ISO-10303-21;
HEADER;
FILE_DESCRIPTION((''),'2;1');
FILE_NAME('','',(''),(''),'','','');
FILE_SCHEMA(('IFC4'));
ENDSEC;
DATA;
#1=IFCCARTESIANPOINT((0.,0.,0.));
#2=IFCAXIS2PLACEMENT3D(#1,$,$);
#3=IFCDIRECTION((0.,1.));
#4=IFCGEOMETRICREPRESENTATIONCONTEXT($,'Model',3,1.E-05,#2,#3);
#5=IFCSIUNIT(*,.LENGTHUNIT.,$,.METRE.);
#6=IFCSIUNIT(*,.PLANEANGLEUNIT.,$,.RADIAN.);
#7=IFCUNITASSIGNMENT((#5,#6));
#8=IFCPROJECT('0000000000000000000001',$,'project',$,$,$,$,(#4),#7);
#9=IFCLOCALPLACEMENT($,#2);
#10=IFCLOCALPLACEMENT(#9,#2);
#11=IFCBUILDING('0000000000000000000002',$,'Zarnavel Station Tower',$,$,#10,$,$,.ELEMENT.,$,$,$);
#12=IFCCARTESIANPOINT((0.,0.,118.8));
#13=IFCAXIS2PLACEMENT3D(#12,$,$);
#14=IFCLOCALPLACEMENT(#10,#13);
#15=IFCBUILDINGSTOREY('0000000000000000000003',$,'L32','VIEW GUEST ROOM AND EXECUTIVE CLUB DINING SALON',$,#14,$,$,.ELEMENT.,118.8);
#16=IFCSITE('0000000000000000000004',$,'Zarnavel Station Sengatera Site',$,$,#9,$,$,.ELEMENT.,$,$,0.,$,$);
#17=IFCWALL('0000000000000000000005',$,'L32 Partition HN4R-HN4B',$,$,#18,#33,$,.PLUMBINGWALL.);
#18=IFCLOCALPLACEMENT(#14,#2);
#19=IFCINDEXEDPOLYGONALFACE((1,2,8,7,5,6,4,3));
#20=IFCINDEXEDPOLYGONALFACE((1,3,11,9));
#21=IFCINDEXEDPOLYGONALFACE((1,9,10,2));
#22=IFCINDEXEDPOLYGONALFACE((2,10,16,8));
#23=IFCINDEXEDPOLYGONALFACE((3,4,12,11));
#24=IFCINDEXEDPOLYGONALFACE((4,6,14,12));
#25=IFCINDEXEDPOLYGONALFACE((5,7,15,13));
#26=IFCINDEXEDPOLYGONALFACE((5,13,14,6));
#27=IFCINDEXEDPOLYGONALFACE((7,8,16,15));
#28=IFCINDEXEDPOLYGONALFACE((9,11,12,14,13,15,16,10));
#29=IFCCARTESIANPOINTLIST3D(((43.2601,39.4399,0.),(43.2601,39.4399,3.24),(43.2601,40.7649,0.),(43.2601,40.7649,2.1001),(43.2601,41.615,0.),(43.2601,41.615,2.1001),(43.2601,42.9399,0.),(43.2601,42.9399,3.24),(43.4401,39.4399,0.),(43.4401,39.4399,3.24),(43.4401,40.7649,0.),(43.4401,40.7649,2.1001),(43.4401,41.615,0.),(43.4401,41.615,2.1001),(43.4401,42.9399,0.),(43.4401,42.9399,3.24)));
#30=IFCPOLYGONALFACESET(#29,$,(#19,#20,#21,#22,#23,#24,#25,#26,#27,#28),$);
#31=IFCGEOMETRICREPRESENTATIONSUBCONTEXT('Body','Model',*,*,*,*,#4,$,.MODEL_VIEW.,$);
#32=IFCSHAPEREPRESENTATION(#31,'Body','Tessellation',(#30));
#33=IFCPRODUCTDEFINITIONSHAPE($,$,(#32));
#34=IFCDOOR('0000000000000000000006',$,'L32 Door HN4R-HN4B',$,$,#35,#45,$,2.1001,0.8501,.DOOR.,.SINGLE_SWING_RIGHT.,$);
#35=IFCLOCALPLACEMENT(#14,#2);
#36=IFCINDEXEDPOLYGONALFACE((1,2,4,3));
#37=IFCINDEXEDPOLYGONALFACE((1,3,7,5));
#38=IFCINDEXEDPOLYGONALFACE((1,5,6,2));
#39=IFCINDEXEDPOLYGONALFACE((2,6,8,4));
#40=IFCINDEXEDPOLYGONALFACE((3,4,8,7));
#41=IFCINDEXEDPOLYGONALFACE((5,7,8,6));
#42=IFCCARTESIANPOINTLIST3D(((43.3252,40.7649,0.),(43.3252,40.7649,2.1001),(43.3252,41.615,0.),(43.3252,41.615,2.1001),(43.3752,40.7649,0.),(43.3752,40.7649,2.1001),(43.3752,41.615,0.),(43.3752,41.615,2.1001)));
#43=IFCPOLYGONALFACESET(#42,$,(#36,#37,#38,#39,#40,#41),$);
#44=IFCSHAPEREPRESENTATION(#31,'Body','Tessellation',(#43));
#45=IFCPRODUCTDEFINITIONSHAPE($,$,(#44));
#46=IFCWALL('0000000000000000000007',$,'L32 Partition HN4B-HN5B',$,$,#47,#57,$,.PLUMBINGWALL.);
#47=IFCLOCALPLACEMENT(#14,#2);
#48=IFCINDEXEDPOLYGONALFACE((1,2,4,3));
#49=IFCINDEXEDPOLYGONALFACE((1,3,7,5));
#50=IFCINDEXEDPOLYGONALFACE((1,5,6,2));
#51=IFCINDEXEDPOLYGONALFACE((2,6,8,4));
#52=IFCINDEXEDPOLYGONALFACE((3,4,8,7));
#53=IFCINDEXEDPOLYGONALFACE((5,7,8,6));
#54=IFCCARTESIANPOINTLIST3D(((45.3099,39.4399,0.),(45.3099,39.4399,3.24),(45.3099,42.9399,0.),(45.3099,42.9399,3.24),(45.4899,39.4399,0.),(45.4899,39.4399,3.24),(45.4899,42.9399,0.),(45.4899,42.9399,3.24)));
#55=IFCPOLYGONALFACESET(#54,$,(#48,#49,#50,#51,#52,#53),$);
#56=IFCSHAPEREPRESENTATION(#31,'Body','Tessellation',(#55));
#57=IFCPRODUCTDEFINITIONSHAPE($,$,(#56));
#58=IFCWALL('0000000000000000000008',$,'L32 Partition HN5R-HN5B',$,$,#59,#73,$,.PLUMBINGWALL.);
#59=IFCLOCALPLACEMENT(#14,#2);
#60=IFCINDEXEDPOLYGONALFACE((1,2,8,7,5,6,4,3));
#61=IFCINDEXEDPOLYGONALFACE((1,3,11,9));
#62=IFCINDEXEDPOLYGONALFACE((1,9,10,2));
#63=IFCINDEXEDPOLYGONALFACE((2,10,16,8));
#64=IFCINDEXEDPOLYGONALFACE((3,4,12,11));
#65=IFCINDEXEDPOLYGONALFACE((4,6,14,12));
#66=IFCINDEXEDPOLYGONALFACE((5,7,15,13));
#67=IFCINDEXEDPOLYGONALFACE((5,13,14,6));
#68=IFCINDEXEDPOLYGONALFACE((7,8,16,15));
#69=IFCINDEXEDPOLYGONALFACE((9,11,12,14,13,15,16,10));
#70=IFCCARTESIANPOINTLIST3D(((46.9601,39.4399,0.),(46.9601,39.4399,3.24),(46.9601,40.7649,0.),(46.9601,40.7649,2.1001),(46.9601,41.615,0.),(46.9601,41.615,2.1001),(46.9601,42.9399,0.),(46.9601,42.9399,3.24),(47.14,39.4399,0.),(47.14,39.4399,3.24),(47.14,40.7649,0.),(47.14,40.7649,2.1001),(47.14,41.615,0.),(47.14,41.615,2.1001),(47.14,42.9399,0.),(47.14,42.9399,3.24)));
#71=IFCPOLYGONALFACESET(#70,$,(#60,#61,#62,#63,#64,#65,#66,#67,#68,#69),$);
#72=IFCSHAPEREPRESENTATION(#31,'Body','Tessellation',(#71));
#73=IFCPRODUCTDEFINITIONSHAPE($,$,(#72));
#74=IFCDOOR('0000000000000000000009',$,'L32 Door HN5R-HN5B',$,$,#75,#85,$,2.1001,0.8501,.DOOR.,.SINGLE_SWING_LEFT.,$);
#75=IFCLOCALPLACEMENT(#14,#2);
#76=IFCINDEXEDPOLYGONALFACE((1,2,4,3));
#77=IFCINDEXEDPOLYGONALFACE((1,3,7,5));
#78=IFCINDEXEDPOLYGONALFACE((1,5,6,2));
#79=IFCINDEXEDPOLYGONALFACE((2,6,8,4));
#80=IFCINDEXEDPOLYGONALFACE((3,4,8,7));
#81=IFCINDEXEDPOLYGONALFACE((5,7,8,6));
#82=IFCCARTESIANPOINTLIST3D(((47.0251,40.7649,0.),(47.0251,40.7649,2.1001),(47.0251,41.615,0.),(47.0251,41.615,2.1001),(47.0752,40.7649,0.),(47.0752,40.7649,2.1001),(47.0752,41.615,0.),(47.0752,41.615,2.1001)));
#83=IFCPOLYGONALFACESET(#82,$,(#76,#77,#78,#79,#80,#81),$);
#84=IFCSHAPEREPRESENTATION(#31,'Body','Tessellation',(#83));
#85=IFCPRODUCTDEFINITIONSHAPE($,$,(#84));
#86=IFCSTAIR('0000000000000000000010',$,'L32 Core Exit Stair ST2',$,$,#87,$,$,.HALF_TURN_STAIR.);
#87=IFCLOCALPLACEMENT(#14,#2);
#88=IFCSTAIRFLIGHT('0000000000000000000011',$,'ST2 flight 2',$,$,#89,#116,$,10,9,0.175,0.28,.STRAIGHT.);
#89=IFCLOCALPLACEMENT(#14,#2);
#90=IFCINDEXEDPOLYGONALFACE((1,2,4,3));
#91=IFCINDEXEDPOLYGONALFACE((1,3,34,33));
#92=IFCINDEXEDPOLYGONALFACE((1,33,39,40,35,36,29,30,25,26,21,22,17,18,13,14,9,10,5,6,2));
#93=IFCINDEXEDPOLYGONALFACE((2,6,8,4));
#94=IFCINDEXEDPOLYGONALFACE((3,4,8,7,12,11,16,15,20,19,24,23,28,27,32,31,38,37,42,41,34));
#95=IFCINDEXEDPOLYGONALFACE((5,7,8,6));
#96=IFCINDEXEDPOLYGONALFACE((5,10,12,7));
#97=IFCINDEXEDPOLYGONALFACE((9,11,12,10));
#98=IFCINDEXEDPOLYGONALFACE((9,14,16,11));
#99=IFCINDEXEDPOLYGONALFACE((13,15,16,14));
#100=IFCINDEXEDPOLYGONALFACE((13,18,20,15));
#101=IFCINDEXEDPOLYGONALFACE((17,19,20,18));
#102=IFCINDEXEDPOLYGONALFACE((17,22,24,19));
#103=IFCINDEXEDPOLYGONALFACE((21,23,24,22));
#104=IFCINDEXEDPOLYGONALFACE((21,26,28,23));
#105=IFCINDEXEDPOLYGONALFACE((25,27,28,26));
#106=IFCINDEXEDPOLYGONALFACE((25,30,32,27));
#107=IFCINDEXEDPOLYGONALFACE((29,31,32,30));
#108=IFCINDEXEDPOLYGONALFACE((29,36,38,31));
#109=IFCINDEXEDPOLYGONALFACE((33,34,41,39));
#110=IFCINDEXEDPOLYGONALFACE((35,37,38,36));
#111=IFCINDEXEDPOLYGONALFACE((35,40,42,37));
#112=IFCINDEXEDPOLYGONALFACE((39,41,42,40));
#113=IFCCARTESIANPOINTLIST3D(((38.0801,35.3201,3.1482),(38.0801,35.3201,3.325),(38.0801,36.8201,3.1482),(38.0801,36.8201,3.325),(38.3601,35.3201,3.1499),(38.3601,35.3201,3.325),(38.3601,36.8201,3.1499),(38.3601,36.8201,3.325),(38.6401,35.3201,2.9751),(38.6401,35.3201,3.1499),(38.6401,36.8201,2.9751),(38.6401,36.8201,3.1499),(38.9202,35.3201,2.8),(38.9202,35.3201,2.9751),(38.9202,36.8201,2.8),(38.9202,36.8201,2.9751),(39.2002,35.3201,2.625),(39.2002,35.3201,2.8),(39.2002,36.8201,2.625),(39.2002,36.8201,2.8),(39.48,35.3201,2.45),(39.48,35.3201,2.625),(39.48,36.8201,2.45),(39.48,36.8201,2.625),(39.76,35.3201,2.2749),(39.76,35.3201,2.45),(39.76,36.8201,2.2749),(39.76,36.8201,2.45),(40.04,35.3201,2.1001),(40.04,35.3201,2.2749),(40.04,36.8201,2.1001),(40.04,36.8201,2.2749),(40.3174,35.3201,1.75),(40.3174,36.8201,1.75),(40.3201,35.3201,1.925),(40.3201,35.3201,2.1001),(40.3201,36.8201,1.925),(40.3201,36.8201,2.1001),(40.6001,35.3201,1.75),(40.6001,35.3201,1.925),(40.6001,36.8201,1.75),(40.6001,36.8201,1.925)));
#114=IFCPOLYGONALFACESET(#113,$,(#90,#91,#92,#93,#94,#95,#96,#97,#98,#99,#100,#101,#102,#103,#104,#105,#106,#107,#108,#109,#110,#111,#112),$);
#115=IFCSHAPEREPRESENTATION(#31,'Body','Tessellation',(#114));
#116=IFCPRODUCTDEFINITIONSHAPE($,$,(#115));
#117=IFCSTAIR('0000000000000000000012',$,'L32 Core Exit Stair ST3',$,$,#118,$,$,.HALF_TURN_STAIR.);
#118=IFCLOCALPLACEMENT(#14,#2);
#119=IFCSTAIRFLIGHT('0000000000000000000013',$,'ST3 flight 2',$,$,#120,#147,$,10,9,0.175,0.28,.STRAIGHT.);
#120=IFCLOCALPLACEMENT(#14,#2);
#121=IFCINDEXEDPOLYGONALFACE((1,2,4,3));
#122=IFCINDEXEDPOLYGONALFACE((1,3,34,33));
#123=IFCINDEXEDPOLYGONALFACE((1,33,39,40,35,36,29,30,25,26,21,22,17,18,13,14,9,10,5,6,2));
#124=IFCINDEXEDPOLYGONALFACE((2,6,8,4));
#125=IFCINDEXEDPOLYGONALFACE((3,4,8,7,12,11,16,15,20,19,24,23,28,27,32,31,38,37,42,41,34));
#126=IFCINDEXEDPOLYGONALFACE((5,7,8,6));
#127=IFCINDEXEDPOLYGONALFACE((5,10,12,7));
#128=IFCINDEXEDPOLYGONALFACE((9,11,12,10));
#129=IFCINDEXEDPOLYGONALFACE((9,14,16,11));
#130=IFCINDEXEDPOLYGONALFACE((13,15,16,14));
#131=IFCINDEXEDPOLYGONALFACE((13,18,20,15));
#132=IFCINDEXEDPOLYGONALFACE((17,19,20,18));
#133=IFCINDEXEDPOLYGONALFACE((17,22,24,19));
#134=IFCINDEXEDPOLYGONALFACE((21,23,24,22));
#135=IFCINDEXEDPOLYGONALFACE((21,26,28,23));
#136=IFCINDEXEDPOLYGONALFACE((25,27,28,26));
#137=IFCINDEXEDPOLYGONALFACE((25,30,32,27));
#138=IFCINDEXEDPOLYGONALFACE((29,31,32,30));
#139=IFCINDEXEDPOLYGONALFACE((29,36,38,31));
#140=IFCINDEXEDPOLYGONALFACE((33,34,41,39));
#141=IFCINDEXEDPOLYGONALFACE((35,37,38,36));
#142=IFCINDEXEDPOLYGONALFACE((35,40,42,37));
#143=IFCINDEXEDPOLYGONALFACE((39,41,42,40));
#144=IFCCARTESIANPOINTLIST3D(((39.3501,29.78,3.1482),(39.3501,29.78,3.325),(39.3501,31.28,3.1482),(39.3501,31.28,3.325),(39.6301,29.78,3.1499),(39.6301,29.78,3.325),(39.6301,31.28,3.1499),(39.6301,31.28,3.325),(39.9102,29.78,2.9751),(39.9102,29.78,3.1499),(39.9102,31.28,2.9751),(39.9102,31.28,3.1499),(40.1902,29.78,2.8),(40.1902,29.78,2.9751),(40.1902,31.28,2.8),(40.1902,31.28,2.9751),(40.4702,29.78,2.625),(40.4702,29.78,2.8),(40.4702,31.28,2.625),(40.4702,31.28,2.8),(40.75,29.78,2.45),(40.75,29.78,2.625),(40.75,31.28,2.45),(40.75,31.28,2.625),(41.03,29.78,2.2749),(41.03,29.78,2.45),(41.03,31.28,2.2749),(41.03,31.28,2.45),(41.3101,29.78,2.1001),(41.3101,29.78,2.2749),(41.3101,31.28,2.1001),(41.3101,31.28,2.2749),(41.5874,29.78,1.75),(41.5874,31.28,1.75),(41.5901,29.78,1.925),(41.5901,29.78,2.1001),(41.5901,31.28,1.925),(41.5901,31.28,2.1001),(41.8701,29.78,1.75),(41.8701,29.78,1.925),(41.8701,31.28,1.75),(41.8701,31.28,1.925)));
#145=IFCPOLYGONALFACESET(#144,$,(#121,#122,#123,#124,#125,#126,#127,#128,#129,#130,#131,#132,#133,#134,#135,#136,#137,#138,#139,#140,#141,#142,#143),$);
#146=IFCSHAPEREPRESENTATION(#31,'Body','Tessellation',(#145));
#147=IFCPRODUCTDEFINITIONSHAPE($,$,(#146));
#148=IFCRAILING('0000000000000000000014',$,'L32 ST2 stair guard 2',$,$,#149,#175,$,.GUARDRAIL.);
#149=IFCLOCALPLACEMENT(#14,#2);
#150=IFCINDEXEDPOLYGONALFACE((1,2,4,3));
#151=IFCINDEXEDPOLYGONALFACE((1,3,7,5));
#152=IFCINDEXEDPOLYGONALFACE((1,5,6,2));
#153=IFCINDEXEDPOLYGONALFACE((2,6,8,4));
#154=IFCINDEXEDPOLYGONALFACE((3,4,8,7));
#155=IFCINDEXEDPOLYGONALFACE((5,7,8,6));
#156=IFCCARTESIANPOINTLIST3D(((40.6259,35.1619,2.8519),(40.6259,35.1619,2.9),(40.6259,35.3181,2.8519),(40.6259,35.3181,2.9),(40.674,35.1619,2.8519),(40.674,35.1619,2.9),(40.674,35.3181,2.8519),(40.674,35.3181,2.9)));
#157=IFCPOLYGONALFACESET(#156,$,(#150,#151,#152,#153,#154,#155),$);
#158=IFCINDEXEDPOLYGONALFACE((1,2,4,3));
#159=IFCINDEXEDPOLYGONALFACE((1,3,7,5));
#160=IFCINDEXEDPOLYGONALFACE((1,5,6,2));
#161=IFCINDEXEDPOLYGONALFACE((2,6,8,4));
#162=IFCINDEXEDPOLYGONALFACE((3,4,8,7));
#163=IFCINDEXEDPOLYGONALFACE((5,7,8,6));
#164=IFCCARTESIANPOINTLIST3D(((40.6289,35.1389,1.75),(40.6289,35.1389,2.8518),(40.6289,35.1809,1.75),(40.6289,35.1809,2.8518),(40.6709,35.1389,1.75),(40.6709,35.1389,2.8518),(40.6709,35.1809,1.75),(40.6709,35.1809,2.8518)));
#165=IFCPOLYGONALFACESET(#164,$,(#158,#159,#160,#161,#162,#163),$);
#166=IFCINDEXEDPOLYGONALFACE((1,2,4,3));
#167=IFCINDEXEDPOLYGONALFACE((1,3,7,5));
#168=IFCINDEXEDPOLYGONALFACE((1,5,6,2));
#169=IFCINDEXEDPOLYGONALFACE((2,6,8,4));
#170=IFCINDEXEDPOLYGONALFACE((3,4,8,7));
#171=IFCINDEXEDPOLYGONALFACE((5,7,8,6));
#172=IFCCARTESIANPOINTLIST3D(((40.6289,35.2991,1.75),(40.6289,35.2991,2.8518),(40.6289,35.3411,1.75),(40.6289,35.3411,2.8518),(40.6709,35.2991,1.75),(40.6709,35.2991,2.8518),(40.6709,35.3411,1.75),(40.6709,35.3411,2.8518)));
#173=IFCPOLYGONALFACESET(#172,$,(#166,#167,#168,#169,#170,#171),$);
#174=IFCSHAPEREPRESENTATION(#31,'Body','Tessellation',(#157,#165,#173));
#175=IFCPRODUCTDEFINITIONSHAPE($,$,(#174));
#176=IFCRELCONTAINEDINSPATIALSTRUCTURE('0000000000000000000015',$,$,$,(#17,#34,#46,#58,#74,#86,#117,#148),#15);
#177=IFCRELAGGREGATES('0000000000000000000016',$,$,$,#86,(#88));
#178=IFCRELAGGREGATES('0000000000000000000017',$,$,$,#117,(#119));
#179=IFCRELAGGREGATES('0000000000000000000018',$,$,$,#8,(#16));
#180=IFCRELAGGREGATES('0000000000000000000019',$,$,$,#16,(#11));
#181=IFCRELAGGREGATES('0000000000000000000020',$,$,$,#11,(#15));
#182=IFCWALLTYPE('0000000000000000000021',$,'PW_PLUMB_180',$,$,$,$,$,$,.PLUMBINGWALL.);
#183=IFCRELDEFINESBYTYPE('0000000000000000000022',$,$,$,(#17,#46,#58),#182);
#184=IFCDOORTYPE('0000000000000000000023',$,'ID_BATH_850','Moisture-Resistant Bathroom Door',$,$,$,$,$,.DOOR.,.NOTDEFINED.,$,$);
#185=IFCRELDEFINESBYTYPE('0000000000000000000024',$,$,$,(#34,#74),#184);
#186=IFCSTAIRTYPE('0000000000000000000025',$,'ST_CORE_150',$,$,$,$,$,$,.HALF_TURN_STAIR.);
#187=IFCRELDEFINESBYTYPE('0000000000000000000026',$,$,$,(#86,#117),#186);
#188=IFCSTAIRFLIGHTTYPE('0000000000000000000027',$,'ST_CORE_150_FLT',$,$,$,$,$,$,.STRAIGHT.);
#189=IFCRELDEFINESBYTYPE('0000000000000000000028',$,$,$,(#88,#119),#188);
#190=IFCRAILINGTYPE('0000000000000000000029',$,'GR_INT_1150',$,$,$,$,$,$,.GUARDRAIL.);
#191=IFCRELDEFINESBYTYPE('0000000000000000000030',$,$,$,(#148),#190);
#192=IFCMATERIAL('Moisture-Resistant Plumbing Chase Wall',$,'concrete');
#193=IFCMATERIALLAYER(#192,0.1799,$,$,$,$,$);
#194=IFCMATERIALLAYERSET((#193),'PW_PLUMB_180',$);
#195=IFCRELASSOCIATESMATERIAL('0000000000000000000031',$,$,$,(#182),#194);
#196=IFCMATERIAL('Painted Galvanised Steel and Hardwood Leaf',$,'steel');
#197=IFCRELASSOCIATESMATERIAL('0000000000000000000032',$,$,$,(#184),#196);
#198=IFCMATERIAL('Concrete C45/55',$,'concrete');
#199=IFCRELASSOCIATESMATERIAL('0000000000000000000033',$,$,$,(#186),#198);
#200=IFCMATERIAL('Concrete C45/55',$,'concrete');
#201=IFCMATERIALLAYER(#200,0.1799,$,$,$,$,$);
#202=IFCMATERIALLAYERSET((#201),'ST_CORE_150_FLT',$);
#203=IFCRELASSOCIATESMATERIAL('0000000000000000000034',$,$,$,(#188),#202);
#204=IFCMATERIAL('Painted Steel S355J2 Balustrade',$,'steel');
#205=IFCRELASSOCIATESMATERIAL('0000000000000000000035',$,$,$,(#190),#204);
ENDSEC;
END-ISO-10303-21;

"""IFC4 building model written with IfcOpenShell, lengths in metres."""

from ifc_helpers import new_model, si_unit, direction, frame, frame_2d, origin, origin_2d, place, context, subcontext, project, spatial, polyline, rectangle, outline, extrude, material, layer, layer_set, type_object, element, fill, aggregate, save


model = new_model("IFC4")

# Units and contexts
model_context = context("Model", 3, precision=1e-05, world=origin(), true_north=direction((0.0, 1.0)))
body_context = subcontext(model_context, "Body", "Model", "MODEL_VIEW")
ifc_project = project(units=[si_unit("LENGTHUNIT", "METRE"), si_unit("PLANEANGLEUNIT", "RADIAN")], contexts=[model_context])

# Site, building, storey
site_placement = place(None, origin())
site = spatial("IfcSite", under=ifc_project, at=site_placement, Name="Zarnavel Station Sengatera Site", CompositionType="ELEMENT", RefElevation=0.0)
building_placement = place(site_placement, origin())
building = spatial("IfcBuilding", under=site, at=building_placement, Name="Zarnavel Station Tower", CompositionType="ELEMENT")
storey_placement = place(building_placement, frame((0.0, 0.0, 118.8)))
storey = spatial("IfcBuildingStorey", under=building, at=storey_placement, Name="L32", Description="VIEW GUEST ROOM AND EXECUTIVE CLUB DINING SALON", CompositionType="ELEMENT", Elevation=118.8)

# Shared definitions
ifc_material_1 = material(Name="Moisture-Resistant Plumbing Chase Wall", Category="concrete")
ifc_layer_1 = layer(ifc_material_1, 0.1799)
ifc_layer_set_1 = layer_set([ifc_layer_1], Name="PW_PLUMB_180")
wall_type_1 = type_object("IfcWallType", Name="PW_PLUMB_180", PredefinedType="PLUMBINGWALL", material=ifc_layer_set_1)

# Shared definitions
ifc_material_2 = material(Name="Painted Galvanised Steel and Hardwood Leaf", Category="steel")
door_type_1 = type_object("IfcDoorType", Name="ID_BATH_850", Description="Moisture-Resistant Bathroom Door", OperationType="NOTDEFINED", PredefinedType="DOOR", material=ifc_material_2)

# Wall, opening, door
wall_1_placement = place(storey_placement, frame((43.3501, 39.4399, 0.0), z_axis=(0.0, 0.0, 1.0), x_axis=(0.0, 1.0, 0.0)))
wall_1 = element("IfcWall", 1, at=wall_1_placement, inside=storey, type_object=wall_type_1, Name="L32 Partition HN4R-HN4B", PredefinedType="PLUMBINGWALL", context=body_context, shape_type="SweptSolid", body=[
    extrude(rectangle(XDim=3.5, YDim=0.1799, at=frame_2d((1.75, 0.0))), origin(), (0.0, 0.0, 1.0), 3.24),
])
opening_1_placement = place(wall_1_placement, frame((1.325, 0.0, 0.0)))
opening_1 = element("IfcOpeningElement", 2, at=opening_1_placement, cuts=wall_1, PredefinedType="OPENING", context=body_context, shape_type="SweptSolid", body=[
    extrude(rectangle(XDim=0.8501, YDim=2.1001, at=frame_2d((0.425, 1.05))), frame((0.0, 0.0999, 0.0), z_axis=(0.0, -1.0, 0.0), x_axis=(1.0, 0.0, 0.0)), (0.0, 0.0, 1.0), 0.2),
])
door_1_placement = place(opening_1_placement, origin())
door_1 = element("IfcDoor", 3, at=door_1_placement, inside=storey, type_object=door_type_1, Name="L32 Door HN4R-HN4B", OperationType="SINGLE_SWING_RIGHT", OverallHeight=2.1001, OverallWidth=0.8501, PredefinedType="DOOR", context=body_context, shape_type="SweptSolid", body=[
    extrude(rectangle(XDim=0.8501, YDim=2.1001, at=frame_2d((0.425, 1.05))), frame((0.0, 0.0249, 0.0), z_axis=(0.0, -1.0, 0.0), x_axis=(1.0, 0.0, 0.0)), (0.0, 0.0, 1.0), 0.05),
])
fill(opening_1, door_1)

# Wall
wall_2_placement = place(storey_placement, frame((45.3999, 39.4399, 0.0), z_axis=(0.0, 0.0, 1.0), x_axis=(0.0, 1.0, 0.0)))
element("IfcWall", 4, at=wall_2_placement, inside=storey, type_object=wall_type_1, Name="L32 Partition HN4B-HN5B", PredefinedType="PLUMBINGWALL", context=body_context, shape_type="SweptSolid", body=[
    extrude(rectangle(XDim=3.5, YDim=0.1799, at=frame_2d((1.75, 0.0))), origin(), (0.0, 0.0, 1.0), 3.24),
])

# Wall, opening, door
wall_3_placement = place(storey_placement, frame((47.05, 39.4399, 0.0), z_axis=(0.0, 0.0, 1.0), x_axis=(0.0, 1.0, 0.0)))
wall_3 = element("IfcWall", 5, at=wall_3_placement, inside=storey, type_object=wall_type_1, Name="L32 Partition HN5R-HN5B", PredefinedType="PLUMBINGWALL", context=body_context, shape_type="SweptSolid", body=[
    extrude(rectangle(XDim=3.5, YDim=0.1799, at=frame_2d((1.75, 0.0))), origin(), (0.0, 0.0, 1.0), 3.24),
])
opening_2_placement = place(wall_3_placement, frame((1.325, 0.0, 0.0)))
opening_2 = element("IfcOpeningElement", 6, at=opening_2_placement, cuts=wall_3, PredefinedType="OPENING", context=body_context, shape_type="SweptSolid", body=[
    extrude(rectangle(XDim=0.8501, YDim=2.1001, at=frame_2d((0.425, 1.05))), frame((0.0, 0.0999, 0.0), z_axis=(0.0, -1.0, 0.0), x_axis=(1.0, 0.0, 0.0)), (0.0, 0.0, 1.0), 0.2),
])
door_2_placement = place(opening_2_placement, origin())
door_2 = element("IfcDoor", 7, at=door_2_placement, inside=storey, type_object=door_type_1, Name="L32 Door HN5R-HN5B", OperationType="SINGLE_SWING_LEFT", OverallHeight=2.1001, OverallWidth=0.8501, PredefinedType="DOOR", context=body_context, shape_type="SweptSolid", body=[
    extrude(rectangle(XDim=0.8501, YDim=2.1001, at=frame_2d((0.425, 1.05))), frame((0.0, 0.0249, 0.0), z_axis=(0.0, -1.0, 0.0), x_axis=(1.0, 0.0, 0.0)), (0.0, 0.0, 1.0), 0.05),
])
fill(opening_2, door_2)

# Stairs, stair flights
ifc_material_3 = material(Name="Concrete C45/55", Category="concrete")
stair_type = type_object("IfcStairType", Name="ST_CORE_150", PredefinedType="HALF_TURN_STAIR", material=ifc_material_3)
stair_1_placement = place(storey_placement, origin())
stair_1 = element("IfcStair", 8, at=stair_1_placement, inside=storey, type_object=stair_type, Name="L32 Core Exit Stair ST2", PredefinedType="HALF_TURN_STAIR")
ifc_material_4 = material(Name="Concrete C45/55", Category="concrete")
ifc_layer_2 = layer(ifc_material_4, 0.1799)
ifc_layer_set_2 = layer_set([ifc_layer_2], Name="ST_CORE_150_FLT")
stair_flight_type = type_object("IfcStairFlightType", Name="ST_CORE_150_FLT", PredefinedType="STRAIGHT", material=ifc_layer_set_2)
stair_flight_1_placement = place(storey_placement, frame((40.6001, 36.0701, 1.75), z_axis=(0.0, 0.0, 1.0), x_axis=(-1.0, 0.0, 0.0)))
stair_flight_1 = element("IfcStairFlight", 9, at=stair_flight_1_placement, type_object=stair_flight_type, Name="ST2 flight 2", NumberOfRisers=10, NumberOfTreads=9, PredefinedType="STRAIGHT", RiserHeight=0.175, TreadLength=0.28, context=body_context, shape_type="SweptSolid", body=[
    extrude(outline(polyline([(0.0, 0.0), (0.0, 0.175), (0.28, 0.175), (0.28, 0.3501), (0.5601, 0.3501), (0.5601, 0.5249), (0.8401, 0.5249), (0.8401, 0.7), (1.1201, 0.7), (1.1201, 0.875), (1.3999, 0.875), (1.3999, 1.05), (1.6799, 1.05), (1.6799, 1.2251), (1.96, 1.2251), (1.96, 1.3999), (2.24, 1.3999), (2.24, 1.575), (2.52, 1.575), (2.52, 1.75), (2.52, 1.3982), (0.2827, 0.0), (0.0, 0.0)])), frame((0.0, 0.75, 0.0), z_axis=(0.0, -1.0, 0.0), x_axis=(1.0, 0.0, 0.0)), (0.0, 0.0, 1.0), 1.5),
])
aggregate(stair_1, [stair_flight_1])
stair_2_placement = place(storey_placement, origin())
stair_2 = element("IfcStair", 10, at=stair_2_placement, inside=storey, type_object=stair_type, Name="L32 Core Exit Stair ST3", PredefinedType="HALF_TURN_STAIR")
stair_flight_2_placement = place(storey_placement, frame((41.8701, 30.53, 1.75), z_axis=(0.0, 0.0, 1.0), x_axis=(-1.0, 0.0, 0.0)))
stair_flight_2 = element("IfcStairFlight", 11, at=stair_flight_2_placement, type_object=stair_flight_type, Name="ST3 flight 2", NumberOfRisers=10, NumberOfTreads=9, PredefinedType="STRAIGHT", RiserHeight=0.175, TreadLength=0.28, context=body_context, shape_type="SweptSolid", body=[
    extrude(outline(polyline([(0.0, 0.0), (0.0, 0.175), (0.28, 0.175), (0.28, 0.3501), (0.5601, 0.3501), (0.5601, 0.5249), (0.8401, 0.5249), (0.8401, 0.7), (1.1201, 0.7), (1.1201, 0.875), (1.3999, 0.875), (1.3999, 1.05), (1.6799, 1.05), (1.6799, 1.2251), (1.96, 1.2251), (1.96, 1.3999), (2.24, 1.3999), (2.24, 1.575), (2.52, 1.575), (2.52, 1.75), (2.52, 1.3982), (0.2827, 0.0), (0.0, 0.0)])), frame((0.0, 0.75, 0.0), z_axis=(0.0, -1.0, 0.0), x_axis=(1.0, 0.0, 0.0)), (0.0, 0.0, 1.0), 1.5),
])
aggregate(stair_2, [stair_flight_2])

# Railing
ifc_material_5 = material(Name="Painted Steel S355J2 Balustrade", Category="steel")
railing_type_1 = type_object("IfcRailingType", Name="GR_INT_1150", PredefinedType="GUARDRAIL", material=ifc_material_5)
railing_placement = place(storey_placement, frame((40.6499, 35.1599, 1.75)))
element("IfcRailing", 12, at=railing_placement, inside=storey, type_object=railing_type_1, Name="L32 ST2 stair guard 2", PredefinedType="GUARDRAIL", context=body_context, shape_type="SweptSolid", body=[
    extrude(rectangle(XDim=0.0481, YDim=0.0481, at=origin_2d()), frame((0.0, 0.002, 1.126), z_axis=(0.0, 1.0, 0.0), x_axis=(-1.0, 0.0, 0.0)), (0.0, 0.0, 1.0), 0.1562),
    extrude(rectangle(XDim=0.042, YDim=0.042, at=origin_2d()), origin(), (0.0, 0.0, 1.0), 1.1018),
    extrude(rectangle(XDim=0.042, YDim=0.042, at=origin_2d()), frame((0.0, 0.1602, 0.0)), (0.0, 0.0, 1.0), 1.1018),
])

save(model, "model.ifc")
